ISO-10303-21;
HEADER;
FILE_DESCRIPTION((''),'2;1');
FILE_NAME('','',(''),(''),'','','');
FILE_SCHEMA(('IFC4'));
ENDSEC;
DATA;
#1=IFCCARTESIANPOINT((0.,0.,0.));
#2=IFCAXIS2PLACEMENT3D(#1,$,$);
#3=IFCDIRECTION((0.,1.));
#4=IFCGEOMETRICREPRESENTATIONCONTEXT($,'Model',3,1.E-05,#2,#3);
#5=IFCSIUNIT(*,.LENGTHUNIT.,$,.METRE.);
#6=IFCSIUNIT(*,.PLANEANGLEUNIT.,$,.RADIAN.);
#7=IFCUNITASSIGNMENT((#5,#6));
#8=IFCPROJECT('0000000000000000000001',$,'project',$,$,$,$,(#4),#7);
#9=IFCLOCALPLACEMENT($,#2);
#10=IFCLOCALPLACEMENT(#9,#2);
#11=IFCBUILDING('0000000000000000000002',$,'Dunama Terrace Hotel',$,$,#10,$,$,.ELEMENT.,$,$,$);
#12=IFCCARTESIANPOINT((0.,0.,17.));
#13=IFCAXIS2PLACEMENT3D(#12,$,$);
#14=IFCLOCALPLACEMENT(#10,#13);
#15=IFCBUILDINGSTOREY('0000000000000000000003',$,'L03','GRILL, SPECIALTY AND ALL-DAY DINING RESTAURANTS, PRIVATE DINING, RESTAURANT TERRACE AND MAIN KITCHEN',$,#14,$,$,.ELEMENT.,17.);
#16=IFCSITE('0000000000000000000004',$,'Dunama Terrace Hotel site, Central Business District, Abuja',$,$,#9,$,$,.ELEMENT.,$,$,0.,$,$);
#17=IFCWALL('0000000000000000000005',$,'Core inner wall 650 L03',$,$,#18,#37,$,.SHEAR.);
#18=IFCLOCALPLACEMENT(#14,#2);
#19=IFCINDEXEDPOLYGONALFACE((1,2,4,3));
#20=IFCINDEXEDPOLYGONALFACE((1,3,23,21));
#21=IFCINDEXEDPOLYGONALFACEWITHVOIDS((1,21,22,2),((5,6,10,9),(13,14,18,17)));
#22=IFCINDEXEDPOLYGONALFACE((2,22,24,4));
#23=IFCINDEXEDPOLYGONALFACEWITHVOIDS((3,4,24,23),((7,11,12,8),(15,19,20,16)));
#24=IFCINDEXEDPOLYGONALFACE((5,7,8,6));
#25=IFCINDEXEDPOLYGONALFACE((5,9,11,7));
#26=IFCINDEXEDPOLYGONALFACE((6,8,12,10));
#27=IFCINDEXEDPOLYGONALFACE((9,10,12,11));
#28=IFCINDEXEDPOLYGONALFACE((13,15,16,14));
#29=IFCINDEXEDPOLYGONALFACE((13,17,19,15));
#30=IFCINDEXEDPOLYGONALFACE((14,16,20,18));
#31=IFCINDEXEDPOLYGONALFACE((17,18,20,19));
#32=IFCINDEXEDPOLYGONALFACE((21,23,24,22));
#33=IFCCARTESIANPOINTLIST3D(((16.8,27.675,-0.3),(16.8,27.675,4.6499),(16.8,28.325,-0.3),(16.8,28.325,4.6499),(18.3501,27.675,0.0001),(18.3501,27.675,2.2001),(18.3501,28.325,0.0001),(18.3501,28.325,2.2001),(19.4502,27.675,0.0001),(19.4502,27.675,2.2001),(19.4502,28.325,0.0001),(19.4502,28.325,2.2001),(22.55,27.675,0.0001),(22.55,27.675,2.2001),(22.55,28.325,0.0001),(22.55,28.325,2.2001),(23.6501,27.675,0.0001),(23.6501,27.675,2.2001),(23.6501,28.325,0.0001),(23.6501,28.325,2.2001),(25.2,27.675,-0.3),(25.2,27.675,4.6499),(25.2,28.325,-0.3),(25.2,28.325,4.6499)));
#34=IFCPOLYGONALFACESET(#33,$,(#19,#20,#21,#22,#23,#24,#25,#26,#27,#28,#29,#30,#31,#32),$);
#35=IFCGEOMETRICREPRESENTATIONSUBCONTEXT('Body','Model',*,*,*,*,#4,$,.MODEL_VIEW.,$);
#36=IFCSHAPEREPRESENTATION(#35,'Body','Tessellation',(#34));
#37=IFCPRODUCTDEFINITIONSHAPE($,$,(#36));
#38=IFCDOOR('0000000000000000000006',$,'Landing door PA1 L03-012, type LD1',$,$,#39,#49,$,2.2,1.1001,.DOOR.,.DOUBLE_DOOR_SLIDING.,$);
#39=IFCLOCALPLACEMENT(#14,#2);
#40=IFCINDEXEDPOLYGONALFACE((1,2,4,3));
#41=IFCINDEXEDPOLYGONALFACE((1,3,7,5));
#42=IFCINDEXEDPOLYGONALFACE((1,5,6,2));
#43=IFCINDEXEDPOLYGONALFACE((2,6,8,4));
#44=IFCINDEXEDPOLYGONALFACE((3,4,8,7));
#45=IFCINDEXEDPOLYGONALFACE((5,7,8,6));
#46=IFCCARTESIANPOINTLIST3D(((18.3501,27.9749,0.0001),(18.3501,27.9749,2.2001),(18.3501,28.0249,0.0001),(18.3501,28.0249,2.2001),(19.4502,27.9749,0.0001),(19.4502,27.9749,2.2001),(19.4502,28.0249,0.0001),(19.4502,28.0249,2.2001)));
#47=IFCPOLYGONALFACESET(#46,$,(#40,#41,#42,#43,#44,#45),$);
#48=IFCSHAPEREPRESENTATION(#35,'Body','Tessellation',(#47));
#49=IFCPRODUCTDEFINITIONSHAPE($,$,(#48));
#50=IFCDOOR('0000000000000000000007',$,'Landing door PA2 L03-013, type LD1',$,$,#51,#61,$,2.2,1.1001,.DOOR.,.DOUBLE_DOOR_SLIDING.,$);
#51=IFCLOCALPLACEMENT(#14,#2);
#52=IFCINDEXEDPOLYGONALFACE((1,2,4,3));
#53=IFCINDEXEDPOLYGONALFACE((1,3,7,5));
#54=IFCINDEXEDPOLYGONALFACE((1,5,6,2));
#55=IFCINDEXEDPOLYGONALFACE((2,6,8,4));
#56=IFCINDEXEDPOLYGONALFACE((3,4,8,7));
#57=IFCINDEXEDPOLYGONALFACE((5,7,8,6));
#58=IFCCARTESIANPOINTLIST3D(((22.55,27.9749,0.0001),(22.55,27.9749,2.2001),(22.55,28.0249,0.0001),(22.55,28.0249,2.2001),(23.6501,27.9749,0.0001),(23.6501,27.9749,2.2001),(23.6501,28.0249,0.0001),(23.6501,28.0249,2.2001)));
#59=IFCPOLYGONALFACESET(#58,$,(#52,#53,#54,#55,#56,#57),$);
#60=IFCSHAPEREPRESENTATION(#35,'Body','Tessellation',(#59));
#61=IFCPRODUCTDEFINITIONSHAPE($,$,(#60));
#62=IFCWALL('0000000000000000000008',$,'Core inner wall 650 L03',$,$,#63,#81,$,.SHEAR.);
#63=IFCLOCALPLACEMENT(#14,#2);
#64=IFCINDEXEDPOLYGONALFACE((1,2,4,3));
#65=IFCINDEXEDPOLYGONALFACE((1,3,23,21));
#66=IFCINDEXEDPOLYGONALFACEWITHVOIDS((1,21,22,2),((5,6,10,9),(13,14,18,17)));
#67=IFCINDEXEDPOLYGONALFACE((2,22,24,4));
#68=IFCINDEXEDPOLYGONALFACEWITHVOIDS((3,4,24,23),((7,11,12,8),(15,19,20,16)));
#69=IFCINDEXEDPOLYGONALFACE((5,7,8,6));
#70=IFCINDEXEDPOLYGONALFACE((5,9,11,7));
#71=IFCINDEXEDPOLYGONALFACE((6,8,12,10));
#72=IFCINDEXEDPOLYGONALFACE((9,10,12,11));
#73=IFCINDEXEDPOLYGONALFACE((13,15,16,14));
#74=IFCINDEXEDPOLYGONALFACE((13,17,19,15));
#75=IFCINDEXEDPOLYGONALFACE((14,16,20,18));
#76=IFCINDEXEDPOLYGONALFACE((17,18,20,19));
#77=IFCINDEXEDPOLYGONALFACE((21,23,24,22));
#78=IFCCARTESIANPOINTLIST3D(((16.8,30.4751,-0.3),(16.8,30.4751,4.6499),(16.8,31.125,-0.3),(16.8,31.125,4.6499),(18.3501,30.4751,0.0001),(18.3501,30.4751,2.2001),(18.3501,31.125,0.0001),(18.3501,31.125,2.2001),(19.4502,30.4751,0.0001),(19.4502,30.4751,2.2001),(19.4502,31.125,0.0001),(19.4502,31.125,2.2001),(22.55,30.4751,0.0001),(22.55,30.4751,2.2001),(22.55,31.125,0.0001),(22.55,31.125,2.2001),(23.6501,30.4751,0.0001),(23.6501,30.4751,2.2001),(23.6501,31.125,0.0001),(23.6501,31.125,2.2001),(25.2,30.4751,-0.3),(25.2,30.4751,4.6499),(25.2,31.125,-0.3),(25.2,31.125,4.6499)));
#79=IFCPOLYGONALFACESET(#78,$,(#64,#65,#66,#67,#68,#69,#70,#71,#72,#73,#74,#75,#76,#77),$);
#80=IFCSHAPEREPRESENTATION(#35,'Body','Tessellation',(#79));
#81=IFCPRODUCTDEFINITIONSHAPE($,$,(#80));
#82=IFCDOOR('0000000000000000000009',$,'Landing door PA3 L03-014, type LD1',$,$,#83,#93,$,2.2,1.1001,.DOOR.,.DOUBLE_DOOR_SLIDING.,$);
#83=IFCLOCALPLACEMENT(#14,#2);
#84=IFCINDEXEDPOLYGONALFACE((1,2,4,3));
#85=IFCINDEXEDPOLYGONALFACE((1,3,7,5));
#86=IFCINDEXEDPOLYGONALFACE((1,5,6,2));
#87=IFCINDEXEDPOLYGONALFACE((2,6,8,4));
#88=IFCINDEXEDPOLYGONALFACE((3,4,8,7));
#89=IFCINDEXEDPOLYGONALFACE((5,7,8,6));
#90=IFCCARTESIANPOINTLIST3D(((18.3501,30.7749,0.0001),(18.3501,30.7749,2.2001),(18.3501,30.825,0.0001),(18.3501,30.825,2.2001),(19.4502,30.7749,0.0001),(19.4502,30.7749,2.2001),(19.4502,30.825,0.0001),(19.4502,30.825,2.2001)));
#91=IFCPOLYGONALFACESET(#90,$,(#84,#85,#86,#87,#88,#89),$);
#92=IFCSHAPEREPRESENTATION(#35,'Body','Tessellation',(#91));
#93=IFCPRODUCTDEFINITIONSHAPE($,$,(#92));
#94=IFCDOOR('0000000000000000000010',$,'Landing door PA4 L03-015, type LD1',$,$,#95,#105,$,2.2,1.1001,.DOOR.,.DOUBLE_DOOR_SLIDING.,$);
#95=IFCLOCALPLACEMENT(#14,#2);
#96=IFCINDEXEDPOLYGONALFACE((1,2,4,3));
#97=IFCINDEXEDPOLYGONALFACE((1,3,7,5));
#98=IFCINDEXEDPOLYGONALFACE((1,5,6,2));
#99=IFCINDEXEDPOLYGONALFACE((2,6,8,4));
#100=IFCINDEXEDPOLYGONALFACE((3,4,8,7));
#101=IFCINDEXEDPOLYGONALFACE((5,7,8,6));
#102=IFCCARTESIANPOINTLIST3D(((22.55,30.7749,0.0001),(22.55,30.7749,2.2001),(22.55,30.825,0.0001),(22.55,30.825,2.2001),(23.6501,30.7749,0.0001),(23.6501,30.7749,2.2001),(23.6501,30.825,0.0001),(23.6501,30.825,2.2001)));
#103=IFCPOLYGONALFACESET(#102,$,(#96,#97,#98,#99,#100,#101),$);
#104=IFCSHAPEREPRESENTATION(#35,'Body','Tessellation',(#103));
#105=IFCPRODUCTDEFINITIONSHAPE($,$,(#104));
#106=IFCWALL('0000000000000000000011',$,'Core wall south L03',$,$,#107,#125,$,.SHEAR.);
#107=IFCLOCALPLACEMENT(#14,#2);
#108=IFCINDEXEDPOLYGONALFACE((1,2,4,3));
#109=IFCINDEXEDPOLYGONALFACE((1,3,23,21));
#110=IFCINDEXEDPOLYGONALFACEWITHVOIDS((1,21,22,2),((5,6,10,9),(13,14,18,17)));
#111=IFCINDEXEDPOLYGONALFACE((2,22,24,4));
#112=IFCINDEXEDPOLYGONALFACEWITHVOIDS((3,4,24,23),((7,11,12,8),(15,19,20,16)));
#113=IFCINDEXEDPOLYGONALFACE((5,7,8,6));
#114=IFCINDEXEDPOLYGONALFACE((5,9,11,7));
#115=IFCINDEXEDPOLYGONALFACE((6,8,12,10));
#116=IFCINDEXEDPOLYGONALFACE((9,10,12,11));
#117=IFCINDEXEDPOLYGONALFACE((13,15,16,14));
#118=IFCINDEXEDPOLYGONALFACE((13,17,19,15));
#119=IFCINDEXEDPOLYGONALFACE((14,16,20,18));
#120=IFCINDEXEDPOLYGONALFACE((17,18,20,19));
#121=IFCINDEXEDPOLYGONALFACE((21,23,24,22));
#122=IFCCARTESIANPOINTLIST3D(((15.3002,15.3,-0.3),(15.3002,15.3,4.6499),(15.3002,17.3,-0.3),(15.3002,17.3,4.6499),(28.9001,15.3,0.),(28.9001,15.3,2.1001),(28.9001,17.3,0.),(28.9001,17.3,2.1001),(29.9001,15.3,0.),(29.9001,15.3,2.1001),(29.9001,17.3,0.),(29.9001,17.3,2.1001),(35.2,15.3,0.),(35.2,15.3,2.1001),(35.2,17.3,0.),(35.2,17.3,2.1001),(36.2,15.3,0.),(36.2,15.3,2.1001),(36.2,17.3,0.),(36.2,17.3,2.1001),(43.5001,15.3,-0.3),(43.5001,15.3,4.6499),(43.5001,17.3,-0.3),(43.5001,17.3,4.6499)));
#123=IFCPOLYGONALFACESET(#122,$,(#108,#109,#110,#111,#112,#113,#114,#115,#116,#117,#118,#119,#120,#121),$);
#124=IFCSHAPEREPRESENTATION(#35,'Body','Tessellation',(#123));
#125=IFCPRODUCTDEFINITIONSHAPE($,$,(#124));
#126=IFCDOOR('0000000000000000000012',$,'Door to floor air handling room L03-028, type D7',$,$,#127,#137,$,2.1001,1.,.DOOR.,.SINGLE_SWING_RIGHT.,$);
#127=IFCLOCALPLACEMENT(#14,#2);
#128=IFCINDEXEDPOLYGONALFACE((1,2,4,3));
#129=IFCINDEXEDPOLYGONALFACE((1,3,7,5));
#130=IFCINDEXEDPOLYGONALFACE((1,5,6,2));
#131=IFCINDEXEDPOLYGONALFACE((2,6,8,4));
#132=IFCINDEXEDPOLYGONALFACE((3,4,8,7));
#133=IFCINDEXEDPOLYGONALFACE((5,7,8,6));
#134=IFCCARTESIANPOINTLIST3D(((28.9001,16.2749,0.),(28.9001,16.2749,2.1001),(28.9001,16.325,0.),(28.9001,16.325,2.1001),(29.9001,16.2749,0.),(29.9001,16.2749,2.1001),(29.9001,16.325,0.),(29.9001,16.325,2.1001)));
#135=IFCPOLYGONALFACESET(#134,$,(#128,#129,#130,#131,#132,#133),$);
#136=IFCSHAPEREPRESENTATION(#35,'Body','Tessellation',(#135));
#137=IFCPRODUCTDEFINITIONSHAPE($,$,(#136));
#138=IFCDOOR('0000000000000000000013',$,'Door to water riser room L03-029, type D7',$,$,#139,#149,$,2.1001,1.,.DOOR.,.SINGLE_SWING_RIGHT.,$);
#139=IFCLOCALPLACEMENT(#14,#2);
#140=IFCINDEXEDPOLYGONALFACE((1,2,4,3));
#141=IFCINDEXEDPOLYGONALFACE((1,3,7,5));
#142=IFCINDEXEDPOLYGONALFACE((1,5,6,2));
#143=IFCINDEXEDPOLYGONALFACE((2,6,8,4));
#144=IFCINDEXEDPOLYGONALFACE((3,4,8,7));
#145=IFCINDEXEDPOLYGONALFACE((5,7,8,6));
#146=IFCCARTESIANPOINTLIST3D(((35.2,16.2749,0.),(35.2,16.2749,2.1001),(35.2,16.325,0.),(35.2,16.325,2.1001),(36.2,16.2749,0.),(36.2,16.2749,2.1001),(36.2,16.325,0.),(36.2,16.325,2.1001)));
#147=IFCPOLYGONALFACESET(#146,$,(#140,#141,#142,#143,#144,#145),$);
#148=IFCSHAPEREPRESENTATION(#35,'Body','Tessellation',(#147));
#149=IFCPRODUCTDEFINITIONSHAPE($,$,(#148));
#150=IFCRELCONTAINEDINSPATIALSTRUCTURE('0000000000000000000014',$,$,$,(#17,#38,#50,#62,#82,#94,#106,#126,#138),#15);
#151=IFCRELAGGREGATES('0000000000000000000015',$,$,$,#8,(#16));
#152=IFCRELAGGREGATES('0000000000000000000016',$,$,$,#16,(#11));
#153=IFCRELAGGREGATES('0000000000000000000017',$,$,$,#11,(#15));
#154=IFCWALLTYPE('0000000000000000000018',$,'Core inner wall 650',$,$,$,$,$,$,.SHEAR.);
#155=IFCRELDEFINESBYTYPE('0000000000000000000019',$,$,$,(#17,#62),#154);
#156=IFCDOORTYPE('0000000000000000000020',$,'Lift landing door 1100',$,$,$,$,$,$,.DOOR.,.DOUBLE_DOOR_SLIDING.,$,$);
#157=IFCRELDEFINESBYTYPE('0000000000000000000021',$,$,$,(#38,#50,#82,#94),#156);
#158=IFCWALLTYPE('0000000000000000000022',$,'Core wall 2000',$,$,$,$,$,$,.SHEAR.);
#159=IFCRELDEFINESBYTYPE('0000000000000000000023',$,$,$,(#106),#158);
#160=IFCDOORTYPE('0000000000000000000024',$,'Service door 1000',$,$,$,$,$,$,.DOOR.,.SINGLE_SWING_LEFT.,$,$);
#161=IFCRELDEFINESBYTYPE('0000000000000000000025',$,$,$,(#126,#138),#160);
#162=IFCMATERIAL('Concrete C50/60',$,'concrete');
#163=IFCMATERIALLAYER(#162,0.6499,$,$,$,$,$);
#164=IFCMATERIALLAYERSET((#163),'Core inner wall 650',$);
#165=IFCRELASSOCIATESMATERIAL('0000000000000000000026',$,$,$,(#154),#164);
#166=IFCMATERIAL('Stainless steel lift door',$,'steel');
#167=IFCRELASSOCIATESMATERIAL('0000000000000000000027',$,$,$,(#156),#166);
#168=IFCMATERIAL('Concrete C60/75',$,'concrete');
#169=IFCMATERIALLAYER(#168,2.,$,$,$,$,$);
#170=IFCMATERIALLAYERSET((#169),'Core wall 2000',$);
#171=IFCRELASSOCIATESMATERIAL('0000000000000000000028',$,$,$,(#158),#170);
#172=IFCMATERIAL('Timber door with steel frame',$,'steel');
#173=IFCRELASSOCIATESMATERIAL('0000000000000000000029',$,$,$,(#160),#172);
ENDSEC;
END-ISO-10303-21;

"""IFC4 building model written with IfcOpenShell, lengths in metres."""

from ifc_helpers import new_model, si_unit, direction, frame, frame_2d, origin, place, context, subcontext, project, spatial, rectangle, extrude, material, layer, layer_set, type_object, element, fill, save


model = new_model("IFC4")

# Units and contexts
model_context = context("Model", 3, precision=1e-05, world=origin(), true_north=direction((0.0, 1.0)))
body_context = subcontext(model_context, "Body", "Model", "MODEL_VIEW")
ifc_project = project(units=[si_unit("LENGTHUNIT", "METRE"), si_unit("PLANEANGLEUNIT", "RADIAN")], contexts=[model_context])

# Site, building, storey
site_placement = place(None, origin())
site = spatial("IfcSite", under=ifc_project, at=site_placement, Name="Dunama Terrace Hotel site, Central Business District, Abuja", CompositionType="ELEMENT", RefElevation=0.0)
building_placement = place(site_placement, origin())
building = spatial("IfcBuilding", under=site, at=building_placement, Name="Dunama Terrace Hotel", CompositionType="ELEMENT")
storey_placement = place(building_placement, frame((0.0, 0.0, 17.0)))
storey = spatial("IfcBuildingStorey", under=building, at=storey_placement, Name="L03", Description="GRILL, SPECIALTY AND ALL-DAY DINING RESTAURANTS, PRIVATE DINING, RESTAURANT TERRACE AND MAIN KITCHEN", CompositionType="ELEMENT", Elevation=17.0)

# Walls, openings, doors
ifc_material_1 = material(Name="Concrete C50/60", Category="concrete")
ifc_layer_1 = layer(ifc_material_1, 0.6499)
ifc_layer_set_1 = layer_set([ifc_layer_1], Name="Core inner wall 650")
wall_type_1 = type_object("IfcWallType", Name="Core inner wall 650", PredefinedType="SHEAR", material=ifc_layer_set_1)
wall_1_placement = place(storey_placement, frame((16.8, 28.0, -0.3), z_axis=(0.0, 0.0, 1.0), x_axis=(1.0, 0.0, 0.0)))
wall_1 = element("IfcWall", 1, at=wall_1_placement, inside=storey, type_object=wall_type_1, Name="Core inner wall 650 L03", PredefinedType="SHEAR", context=body_context, shape_type="SweptSolid", body=[
    extrude(rectangle(XDim=8.3999, YDim=0.6499, at=frame_2d((4.2, 0.0))), origin(), (0.0, 0.0, 1.0), 4.95),
])
opening_1_placement = place(wall_1_placement, frame((1.55, 0.0, 0.3)))
opening_1 = element("IfcOpeningElement", 2, at=opening_1_placement, cuts=wall_1, PredefinedType="OPENING", context=body_context, shape_type="SweptSolid", body=[
    extrude(rectangle(XDim=1.1001, YDim=2.2, at=frame_2d((0.55, 1.1001))), frame((0.0, 0.335, 0.0), z_axis=(0.0, -1.0, 0.0), x_axis=(1.0, 0.0, 0.0)), (0.0, 0.0, 1.0), 0.6699),
])
opening_2_placement = place(wall_1_placement, frame((5.75, 0.0, 0.3)))
opening_2 = element("IfcOpeningElement", 3, at=opening_2_placement, cuts=wall_1, PredefinedType="OPENING", context=body_context, shape_type="SweptSolid", body=[
    extrude(rectangle(XDim=1.1001, YDim=2.2, at=frame_2d((0.55, 1.1001))), frame((0.0, 0.335, 0.0), z_axis=(0.0, -1.0, 0.0), x_axis=(1.0, 0.0, 0.0)), (0.0, 0.0, 1.0), 0.6699),
])
ifc_material_2 = material(Name="Stainless steel lift door", Category="steel")
door_type_1 = type_object("IfcDoorType", Name="Lift landing door 1100", OperationType="DOUBLE_DOOR_SLIDING", PredefinedType="DOOR", material=ifc_material_2)
door_1_placement = place(opening_1_placement, origin())
door_1 = element("IfcDoor", 4, at=door_1_placement, inside=storey, type_object=door_type_1, Name="Landing door PA1 L03-012, type LD1", OperationType="DOUBLE_DOOR_SLIDING", OverallHeight=2.2, OverallWidth=1.1001, PredefinedType="DOOR", context=body_context, shape_type="SweptSolid", body=[
    extrude(rectangle(XDim=1.1001, YDim=2.2, at=frame_2d((0.55, 1.1001))), frame((0.0, 0.0249, 0.0), z_axis=(0.0, -1.0, 0.0), x_axis=(1.0, 0.0, 0.0)), (0.0, 0.0, 1.0), 0.05),
])
fill(opening_1, door_1)
door_2_placement = place(opening_2_placement, origin())
door_2 = element("IfcDoor", 5, at=door_2_placement, inside=storey, type_object=door_type_1, Name="Landing door PA2 L03-013, type LD1", OperationType="DOUBLE_DOOR_SLIDING", OverallHeight=2.2, OverallWidth=1.1001, PredefinedType="DOOR", context=body_context, shape_type="SweptSolid", body=[
    extrude(rectangle(XDim=1.1001, YDim=2.2, at=frame_2d((0.55, 1.1001))), frame((0.0, 0.0249, 0.0), z_axis=(0.0, -1.0, 0.0), x_axis=(1.0, 0.0, 0.0)), (0.0, 0.0, 1.0), 0.05),
])
fill(opening_2, door_2)
wall_2_placement = place(storey_placement, frame((16.8, 30.8, -0.3), z_axis=(0.0, 0.0, 1.0), x_axis=(1.0, 0.0, 0.0)))
wall_2 = element("IfcWall", 6, at=wall_2_placement, inside=storey, type_object=wall_type_1, Name="Core inner wall 650 L03", PredefinedType="SHEAR", context=body_context, shape_type="SweptSolid", body=[
    extrude(rectangle(XDim=8.3999, YDim=0.6499, at=frame_2d((4.2, 0.0))), origin(), (0.0, 0.0, 1.0), 4.95),
])
opening_3_placement = place(wall_2_placement, frame((1.55, 0.0, 0.3)))
opening_3 = element("IfcOpeningElement", 7, at=opening_3_placement, cuts=wall_2, PredefinedType="OPENING", context=body_context, shape_type="SweptSolid", body=[
    extrude(rectangle(XDim=1.1001, YDim=2.2, at=frame_2d((0.55, 1.1001))), frame((0.0, 0.335, 0.0), z_axis=(0.0, -1.0, 0.0), x_axis=(1.0, 0.0, 0.0)), (0.0, 0.0, 1.0), 0.6699),
])
opening_4_placement = place(wall_2_placement, frame((5.75, 0.0, 0.3)))
opening_4 = element("IfcOpeningElement", 8, at=opening_4_placement, cuts=wall_2, PredefinedType="OPENING", context=body_context, shape_type="SweptSolid", body=[
    extrude(rectangle(XDim=1.1001, YDim=2.2, at=frame_2d((0.55, 1.1001))), frame((0.0, 0.335, 0.0), z_axis=(0.0, -1.0, 0.0), x_axis=(1.0, 0.0, 0.0)), (0.0, 0.0, 1.0), 0.6699),
])
door_3_placement = place(opening_3_placement, origin())
door_3 = element("IfcDoor", 9, at=door_3_placement, inside=storey, type_object=door_type_1, Name="Landing door PA3 L03-014, type LD1", OperationType="DOUBLE_DOOR_SLIDING", OverallHeight=2.2, OverallWidth=1.1001, PredefinedType="DOOR", context=body_context, shape_type="SweptSolid", body=[
    extrude(rectangle(XDim=1.1001, YDim=2.2, at=frame_2d((0.55, 1.1001))), frame((0.0, 0.0249, 0.0), z_axis=(0.0, -1.0, 0.0), x_axis=(1.0, 0.0, 0.0)), (0.0, 0.0, 1.0), 0.05),
])
fill(opening_3, door_3)
door_4_placement = place(opening_4_placement, origin())
door_4 = element("IfcDoor", 10, at=door_4_placement, inside=storey, type_object=door_type_1, Name="Landing door PA4 L03-015, type LD1", OperationType="DOUBLE_DOOR_SLIDING", OverallHeight=2.2, OverallWidth=1.1001, PredefinedType="DOOR", context=body_context, shape_type="SweptSolid", body=[
    extrude(rectangle(XDim=1.1001, YDim=2.2, at=frame_2d((0.55, 1.1001))), frame((0.0, 0.0249, 0.0), z_axis=(0.0, -1.0, 0.0), x_axis=(1.0, 0.0, 0.0)), (0.0, 0.0, 1.0), 0.05),
])
fill(opening_4, door_4)
ifc_material_3 = material(Name="Concrete C60/75", Category="concrete")
ifc_layer_2 = layer(ifc_material_3, 2.0)
ifc_layer_set_2 = layer_set([ifc_layer_2], Name="Core wall 2000")
wall_type_2 = type_object("IfcWallType", Name="Core wall 2000", PredefinedType="SHEAR", material=ifc_layer_set_2)
wall_3_placement = place(storey_placement, frame((15.3, 16.3, -0.3), z_axis=(0.0, 0.0, 1.0), x_axis=(1.0, 0.0, 0.0)))
wall_3 = element("IfcWall", 11, at=wall_3_placement, inside=storey, type_object=wall_type_2, Name="Core wall south L03", PredefinedType="SHEAR", context=body_context, shape_type="SweptSolid", body=[
    extrude(rectangle(XDim=28.2, YDim=2.0, at=frame_2d((14.1001, 0.0))), origin(), (0.0, 0.0, 1.0), 4.95),
])
opening_5_placement = place(wall_3_placement, frame((13.6001, 0.0, 0.3)))
opening_5 = element("IfcOpeningElement", 12, at=opening_5_placement, cuts=wall_3, PredefinedType="OPENING", context=body_context, shape_type="SweptSolid", body=[
    extrude(rectangle(XDim=1.0, YDim=2.1001, at=frame_2d((0.5, 1.05))), frame((0.0, 1.01, 0.0), z_axis=(0.0, -1.0, 0.0), x_axis=(1.0, 0.0, 0.0)), (0.0, 0.0, 1.0), 2.02),
])
opening_6_placement = place(wall_3_placement, frame((19.8999, 0.0, 0.3)))
opening_6 = element("IfcOpeningElement", 13, at=opening_6_placement, cuts=wall_3, PredefinedType="OPENING", context=body_context, shape_type="SweptSolid", body=[
    extrude(rectangle(XDim=1.0, YDim=2.1001, at=frame_2d((0.5, 1.05))), frame((0.0, 1.01, 0.0), z_axis=(0.0, -1.0, 0.0), x_axis=(1.0, 0.0, 0.0)), (0.0, 0.0, 1.0), 2.02),
])
ifc_material_4 = material(Name="Timber door with steel frame", Category="steel")
door_type_2 = type_object("IfcDoorType", Name="Service door 1000", OperationType="SINGLE_SWING_LEFT", PredefinedType="DOOR", material=ifc_material_4)
door_5_placement = place(opening_5_placement, origin())
door_5 = element("IfcDoor", 14, at=door_5_placement, inside=storey, type_object=door_type_2, Name="Door to floor air handling room L03-028, type D7", OperationType="SINGLE_SWING_RIGHT", OverallHeight=2.1001, OverallWidth=1.0, PredefinedType="DOOR", context=body_context, shape_type="SweptSolid", body=[
    extrude(rectangle(XDim=1.0, YDim=2.1001, at=frame_2d((0.5, 1.05))), frame((0.0, 0.0249, 0.0), z_axis=(0.0, -1.0, 0.0), x_axis=(1.0, 0.0, 0.0)), (0.0, 0.0, 1.0), 0.05),
])
fill(opening_5, door_5)
door_6_placement = place(opening_6_placement, origin())
door_6 = element("IfcDoor", 15, at=door_6_placement, inside=storey, type_object=door_type_2, Name="Door to water riser room L03-029, type D7", OperationType="SINGLE_SWING_RIGHT", OverallHeight=2.1001, OverallWidth=1.0, PredefinedType="DOOR", context=body_context, shape_type="SweptSolid", body=[
    extrude(rectangle(XDim=1.0, YDim=2.1001, at=frame_2d((0.5, 1.05))), frame((0.0, 0.0249, 0.0), z_axis=(0.0, -1.0, 0.0), x_axis=(1.0, 0.0, 0.0)), (0.0, 0.0, 1.0), 0.05),
])
fill(opening_6, door_6)

save(model, "model.ifc")
